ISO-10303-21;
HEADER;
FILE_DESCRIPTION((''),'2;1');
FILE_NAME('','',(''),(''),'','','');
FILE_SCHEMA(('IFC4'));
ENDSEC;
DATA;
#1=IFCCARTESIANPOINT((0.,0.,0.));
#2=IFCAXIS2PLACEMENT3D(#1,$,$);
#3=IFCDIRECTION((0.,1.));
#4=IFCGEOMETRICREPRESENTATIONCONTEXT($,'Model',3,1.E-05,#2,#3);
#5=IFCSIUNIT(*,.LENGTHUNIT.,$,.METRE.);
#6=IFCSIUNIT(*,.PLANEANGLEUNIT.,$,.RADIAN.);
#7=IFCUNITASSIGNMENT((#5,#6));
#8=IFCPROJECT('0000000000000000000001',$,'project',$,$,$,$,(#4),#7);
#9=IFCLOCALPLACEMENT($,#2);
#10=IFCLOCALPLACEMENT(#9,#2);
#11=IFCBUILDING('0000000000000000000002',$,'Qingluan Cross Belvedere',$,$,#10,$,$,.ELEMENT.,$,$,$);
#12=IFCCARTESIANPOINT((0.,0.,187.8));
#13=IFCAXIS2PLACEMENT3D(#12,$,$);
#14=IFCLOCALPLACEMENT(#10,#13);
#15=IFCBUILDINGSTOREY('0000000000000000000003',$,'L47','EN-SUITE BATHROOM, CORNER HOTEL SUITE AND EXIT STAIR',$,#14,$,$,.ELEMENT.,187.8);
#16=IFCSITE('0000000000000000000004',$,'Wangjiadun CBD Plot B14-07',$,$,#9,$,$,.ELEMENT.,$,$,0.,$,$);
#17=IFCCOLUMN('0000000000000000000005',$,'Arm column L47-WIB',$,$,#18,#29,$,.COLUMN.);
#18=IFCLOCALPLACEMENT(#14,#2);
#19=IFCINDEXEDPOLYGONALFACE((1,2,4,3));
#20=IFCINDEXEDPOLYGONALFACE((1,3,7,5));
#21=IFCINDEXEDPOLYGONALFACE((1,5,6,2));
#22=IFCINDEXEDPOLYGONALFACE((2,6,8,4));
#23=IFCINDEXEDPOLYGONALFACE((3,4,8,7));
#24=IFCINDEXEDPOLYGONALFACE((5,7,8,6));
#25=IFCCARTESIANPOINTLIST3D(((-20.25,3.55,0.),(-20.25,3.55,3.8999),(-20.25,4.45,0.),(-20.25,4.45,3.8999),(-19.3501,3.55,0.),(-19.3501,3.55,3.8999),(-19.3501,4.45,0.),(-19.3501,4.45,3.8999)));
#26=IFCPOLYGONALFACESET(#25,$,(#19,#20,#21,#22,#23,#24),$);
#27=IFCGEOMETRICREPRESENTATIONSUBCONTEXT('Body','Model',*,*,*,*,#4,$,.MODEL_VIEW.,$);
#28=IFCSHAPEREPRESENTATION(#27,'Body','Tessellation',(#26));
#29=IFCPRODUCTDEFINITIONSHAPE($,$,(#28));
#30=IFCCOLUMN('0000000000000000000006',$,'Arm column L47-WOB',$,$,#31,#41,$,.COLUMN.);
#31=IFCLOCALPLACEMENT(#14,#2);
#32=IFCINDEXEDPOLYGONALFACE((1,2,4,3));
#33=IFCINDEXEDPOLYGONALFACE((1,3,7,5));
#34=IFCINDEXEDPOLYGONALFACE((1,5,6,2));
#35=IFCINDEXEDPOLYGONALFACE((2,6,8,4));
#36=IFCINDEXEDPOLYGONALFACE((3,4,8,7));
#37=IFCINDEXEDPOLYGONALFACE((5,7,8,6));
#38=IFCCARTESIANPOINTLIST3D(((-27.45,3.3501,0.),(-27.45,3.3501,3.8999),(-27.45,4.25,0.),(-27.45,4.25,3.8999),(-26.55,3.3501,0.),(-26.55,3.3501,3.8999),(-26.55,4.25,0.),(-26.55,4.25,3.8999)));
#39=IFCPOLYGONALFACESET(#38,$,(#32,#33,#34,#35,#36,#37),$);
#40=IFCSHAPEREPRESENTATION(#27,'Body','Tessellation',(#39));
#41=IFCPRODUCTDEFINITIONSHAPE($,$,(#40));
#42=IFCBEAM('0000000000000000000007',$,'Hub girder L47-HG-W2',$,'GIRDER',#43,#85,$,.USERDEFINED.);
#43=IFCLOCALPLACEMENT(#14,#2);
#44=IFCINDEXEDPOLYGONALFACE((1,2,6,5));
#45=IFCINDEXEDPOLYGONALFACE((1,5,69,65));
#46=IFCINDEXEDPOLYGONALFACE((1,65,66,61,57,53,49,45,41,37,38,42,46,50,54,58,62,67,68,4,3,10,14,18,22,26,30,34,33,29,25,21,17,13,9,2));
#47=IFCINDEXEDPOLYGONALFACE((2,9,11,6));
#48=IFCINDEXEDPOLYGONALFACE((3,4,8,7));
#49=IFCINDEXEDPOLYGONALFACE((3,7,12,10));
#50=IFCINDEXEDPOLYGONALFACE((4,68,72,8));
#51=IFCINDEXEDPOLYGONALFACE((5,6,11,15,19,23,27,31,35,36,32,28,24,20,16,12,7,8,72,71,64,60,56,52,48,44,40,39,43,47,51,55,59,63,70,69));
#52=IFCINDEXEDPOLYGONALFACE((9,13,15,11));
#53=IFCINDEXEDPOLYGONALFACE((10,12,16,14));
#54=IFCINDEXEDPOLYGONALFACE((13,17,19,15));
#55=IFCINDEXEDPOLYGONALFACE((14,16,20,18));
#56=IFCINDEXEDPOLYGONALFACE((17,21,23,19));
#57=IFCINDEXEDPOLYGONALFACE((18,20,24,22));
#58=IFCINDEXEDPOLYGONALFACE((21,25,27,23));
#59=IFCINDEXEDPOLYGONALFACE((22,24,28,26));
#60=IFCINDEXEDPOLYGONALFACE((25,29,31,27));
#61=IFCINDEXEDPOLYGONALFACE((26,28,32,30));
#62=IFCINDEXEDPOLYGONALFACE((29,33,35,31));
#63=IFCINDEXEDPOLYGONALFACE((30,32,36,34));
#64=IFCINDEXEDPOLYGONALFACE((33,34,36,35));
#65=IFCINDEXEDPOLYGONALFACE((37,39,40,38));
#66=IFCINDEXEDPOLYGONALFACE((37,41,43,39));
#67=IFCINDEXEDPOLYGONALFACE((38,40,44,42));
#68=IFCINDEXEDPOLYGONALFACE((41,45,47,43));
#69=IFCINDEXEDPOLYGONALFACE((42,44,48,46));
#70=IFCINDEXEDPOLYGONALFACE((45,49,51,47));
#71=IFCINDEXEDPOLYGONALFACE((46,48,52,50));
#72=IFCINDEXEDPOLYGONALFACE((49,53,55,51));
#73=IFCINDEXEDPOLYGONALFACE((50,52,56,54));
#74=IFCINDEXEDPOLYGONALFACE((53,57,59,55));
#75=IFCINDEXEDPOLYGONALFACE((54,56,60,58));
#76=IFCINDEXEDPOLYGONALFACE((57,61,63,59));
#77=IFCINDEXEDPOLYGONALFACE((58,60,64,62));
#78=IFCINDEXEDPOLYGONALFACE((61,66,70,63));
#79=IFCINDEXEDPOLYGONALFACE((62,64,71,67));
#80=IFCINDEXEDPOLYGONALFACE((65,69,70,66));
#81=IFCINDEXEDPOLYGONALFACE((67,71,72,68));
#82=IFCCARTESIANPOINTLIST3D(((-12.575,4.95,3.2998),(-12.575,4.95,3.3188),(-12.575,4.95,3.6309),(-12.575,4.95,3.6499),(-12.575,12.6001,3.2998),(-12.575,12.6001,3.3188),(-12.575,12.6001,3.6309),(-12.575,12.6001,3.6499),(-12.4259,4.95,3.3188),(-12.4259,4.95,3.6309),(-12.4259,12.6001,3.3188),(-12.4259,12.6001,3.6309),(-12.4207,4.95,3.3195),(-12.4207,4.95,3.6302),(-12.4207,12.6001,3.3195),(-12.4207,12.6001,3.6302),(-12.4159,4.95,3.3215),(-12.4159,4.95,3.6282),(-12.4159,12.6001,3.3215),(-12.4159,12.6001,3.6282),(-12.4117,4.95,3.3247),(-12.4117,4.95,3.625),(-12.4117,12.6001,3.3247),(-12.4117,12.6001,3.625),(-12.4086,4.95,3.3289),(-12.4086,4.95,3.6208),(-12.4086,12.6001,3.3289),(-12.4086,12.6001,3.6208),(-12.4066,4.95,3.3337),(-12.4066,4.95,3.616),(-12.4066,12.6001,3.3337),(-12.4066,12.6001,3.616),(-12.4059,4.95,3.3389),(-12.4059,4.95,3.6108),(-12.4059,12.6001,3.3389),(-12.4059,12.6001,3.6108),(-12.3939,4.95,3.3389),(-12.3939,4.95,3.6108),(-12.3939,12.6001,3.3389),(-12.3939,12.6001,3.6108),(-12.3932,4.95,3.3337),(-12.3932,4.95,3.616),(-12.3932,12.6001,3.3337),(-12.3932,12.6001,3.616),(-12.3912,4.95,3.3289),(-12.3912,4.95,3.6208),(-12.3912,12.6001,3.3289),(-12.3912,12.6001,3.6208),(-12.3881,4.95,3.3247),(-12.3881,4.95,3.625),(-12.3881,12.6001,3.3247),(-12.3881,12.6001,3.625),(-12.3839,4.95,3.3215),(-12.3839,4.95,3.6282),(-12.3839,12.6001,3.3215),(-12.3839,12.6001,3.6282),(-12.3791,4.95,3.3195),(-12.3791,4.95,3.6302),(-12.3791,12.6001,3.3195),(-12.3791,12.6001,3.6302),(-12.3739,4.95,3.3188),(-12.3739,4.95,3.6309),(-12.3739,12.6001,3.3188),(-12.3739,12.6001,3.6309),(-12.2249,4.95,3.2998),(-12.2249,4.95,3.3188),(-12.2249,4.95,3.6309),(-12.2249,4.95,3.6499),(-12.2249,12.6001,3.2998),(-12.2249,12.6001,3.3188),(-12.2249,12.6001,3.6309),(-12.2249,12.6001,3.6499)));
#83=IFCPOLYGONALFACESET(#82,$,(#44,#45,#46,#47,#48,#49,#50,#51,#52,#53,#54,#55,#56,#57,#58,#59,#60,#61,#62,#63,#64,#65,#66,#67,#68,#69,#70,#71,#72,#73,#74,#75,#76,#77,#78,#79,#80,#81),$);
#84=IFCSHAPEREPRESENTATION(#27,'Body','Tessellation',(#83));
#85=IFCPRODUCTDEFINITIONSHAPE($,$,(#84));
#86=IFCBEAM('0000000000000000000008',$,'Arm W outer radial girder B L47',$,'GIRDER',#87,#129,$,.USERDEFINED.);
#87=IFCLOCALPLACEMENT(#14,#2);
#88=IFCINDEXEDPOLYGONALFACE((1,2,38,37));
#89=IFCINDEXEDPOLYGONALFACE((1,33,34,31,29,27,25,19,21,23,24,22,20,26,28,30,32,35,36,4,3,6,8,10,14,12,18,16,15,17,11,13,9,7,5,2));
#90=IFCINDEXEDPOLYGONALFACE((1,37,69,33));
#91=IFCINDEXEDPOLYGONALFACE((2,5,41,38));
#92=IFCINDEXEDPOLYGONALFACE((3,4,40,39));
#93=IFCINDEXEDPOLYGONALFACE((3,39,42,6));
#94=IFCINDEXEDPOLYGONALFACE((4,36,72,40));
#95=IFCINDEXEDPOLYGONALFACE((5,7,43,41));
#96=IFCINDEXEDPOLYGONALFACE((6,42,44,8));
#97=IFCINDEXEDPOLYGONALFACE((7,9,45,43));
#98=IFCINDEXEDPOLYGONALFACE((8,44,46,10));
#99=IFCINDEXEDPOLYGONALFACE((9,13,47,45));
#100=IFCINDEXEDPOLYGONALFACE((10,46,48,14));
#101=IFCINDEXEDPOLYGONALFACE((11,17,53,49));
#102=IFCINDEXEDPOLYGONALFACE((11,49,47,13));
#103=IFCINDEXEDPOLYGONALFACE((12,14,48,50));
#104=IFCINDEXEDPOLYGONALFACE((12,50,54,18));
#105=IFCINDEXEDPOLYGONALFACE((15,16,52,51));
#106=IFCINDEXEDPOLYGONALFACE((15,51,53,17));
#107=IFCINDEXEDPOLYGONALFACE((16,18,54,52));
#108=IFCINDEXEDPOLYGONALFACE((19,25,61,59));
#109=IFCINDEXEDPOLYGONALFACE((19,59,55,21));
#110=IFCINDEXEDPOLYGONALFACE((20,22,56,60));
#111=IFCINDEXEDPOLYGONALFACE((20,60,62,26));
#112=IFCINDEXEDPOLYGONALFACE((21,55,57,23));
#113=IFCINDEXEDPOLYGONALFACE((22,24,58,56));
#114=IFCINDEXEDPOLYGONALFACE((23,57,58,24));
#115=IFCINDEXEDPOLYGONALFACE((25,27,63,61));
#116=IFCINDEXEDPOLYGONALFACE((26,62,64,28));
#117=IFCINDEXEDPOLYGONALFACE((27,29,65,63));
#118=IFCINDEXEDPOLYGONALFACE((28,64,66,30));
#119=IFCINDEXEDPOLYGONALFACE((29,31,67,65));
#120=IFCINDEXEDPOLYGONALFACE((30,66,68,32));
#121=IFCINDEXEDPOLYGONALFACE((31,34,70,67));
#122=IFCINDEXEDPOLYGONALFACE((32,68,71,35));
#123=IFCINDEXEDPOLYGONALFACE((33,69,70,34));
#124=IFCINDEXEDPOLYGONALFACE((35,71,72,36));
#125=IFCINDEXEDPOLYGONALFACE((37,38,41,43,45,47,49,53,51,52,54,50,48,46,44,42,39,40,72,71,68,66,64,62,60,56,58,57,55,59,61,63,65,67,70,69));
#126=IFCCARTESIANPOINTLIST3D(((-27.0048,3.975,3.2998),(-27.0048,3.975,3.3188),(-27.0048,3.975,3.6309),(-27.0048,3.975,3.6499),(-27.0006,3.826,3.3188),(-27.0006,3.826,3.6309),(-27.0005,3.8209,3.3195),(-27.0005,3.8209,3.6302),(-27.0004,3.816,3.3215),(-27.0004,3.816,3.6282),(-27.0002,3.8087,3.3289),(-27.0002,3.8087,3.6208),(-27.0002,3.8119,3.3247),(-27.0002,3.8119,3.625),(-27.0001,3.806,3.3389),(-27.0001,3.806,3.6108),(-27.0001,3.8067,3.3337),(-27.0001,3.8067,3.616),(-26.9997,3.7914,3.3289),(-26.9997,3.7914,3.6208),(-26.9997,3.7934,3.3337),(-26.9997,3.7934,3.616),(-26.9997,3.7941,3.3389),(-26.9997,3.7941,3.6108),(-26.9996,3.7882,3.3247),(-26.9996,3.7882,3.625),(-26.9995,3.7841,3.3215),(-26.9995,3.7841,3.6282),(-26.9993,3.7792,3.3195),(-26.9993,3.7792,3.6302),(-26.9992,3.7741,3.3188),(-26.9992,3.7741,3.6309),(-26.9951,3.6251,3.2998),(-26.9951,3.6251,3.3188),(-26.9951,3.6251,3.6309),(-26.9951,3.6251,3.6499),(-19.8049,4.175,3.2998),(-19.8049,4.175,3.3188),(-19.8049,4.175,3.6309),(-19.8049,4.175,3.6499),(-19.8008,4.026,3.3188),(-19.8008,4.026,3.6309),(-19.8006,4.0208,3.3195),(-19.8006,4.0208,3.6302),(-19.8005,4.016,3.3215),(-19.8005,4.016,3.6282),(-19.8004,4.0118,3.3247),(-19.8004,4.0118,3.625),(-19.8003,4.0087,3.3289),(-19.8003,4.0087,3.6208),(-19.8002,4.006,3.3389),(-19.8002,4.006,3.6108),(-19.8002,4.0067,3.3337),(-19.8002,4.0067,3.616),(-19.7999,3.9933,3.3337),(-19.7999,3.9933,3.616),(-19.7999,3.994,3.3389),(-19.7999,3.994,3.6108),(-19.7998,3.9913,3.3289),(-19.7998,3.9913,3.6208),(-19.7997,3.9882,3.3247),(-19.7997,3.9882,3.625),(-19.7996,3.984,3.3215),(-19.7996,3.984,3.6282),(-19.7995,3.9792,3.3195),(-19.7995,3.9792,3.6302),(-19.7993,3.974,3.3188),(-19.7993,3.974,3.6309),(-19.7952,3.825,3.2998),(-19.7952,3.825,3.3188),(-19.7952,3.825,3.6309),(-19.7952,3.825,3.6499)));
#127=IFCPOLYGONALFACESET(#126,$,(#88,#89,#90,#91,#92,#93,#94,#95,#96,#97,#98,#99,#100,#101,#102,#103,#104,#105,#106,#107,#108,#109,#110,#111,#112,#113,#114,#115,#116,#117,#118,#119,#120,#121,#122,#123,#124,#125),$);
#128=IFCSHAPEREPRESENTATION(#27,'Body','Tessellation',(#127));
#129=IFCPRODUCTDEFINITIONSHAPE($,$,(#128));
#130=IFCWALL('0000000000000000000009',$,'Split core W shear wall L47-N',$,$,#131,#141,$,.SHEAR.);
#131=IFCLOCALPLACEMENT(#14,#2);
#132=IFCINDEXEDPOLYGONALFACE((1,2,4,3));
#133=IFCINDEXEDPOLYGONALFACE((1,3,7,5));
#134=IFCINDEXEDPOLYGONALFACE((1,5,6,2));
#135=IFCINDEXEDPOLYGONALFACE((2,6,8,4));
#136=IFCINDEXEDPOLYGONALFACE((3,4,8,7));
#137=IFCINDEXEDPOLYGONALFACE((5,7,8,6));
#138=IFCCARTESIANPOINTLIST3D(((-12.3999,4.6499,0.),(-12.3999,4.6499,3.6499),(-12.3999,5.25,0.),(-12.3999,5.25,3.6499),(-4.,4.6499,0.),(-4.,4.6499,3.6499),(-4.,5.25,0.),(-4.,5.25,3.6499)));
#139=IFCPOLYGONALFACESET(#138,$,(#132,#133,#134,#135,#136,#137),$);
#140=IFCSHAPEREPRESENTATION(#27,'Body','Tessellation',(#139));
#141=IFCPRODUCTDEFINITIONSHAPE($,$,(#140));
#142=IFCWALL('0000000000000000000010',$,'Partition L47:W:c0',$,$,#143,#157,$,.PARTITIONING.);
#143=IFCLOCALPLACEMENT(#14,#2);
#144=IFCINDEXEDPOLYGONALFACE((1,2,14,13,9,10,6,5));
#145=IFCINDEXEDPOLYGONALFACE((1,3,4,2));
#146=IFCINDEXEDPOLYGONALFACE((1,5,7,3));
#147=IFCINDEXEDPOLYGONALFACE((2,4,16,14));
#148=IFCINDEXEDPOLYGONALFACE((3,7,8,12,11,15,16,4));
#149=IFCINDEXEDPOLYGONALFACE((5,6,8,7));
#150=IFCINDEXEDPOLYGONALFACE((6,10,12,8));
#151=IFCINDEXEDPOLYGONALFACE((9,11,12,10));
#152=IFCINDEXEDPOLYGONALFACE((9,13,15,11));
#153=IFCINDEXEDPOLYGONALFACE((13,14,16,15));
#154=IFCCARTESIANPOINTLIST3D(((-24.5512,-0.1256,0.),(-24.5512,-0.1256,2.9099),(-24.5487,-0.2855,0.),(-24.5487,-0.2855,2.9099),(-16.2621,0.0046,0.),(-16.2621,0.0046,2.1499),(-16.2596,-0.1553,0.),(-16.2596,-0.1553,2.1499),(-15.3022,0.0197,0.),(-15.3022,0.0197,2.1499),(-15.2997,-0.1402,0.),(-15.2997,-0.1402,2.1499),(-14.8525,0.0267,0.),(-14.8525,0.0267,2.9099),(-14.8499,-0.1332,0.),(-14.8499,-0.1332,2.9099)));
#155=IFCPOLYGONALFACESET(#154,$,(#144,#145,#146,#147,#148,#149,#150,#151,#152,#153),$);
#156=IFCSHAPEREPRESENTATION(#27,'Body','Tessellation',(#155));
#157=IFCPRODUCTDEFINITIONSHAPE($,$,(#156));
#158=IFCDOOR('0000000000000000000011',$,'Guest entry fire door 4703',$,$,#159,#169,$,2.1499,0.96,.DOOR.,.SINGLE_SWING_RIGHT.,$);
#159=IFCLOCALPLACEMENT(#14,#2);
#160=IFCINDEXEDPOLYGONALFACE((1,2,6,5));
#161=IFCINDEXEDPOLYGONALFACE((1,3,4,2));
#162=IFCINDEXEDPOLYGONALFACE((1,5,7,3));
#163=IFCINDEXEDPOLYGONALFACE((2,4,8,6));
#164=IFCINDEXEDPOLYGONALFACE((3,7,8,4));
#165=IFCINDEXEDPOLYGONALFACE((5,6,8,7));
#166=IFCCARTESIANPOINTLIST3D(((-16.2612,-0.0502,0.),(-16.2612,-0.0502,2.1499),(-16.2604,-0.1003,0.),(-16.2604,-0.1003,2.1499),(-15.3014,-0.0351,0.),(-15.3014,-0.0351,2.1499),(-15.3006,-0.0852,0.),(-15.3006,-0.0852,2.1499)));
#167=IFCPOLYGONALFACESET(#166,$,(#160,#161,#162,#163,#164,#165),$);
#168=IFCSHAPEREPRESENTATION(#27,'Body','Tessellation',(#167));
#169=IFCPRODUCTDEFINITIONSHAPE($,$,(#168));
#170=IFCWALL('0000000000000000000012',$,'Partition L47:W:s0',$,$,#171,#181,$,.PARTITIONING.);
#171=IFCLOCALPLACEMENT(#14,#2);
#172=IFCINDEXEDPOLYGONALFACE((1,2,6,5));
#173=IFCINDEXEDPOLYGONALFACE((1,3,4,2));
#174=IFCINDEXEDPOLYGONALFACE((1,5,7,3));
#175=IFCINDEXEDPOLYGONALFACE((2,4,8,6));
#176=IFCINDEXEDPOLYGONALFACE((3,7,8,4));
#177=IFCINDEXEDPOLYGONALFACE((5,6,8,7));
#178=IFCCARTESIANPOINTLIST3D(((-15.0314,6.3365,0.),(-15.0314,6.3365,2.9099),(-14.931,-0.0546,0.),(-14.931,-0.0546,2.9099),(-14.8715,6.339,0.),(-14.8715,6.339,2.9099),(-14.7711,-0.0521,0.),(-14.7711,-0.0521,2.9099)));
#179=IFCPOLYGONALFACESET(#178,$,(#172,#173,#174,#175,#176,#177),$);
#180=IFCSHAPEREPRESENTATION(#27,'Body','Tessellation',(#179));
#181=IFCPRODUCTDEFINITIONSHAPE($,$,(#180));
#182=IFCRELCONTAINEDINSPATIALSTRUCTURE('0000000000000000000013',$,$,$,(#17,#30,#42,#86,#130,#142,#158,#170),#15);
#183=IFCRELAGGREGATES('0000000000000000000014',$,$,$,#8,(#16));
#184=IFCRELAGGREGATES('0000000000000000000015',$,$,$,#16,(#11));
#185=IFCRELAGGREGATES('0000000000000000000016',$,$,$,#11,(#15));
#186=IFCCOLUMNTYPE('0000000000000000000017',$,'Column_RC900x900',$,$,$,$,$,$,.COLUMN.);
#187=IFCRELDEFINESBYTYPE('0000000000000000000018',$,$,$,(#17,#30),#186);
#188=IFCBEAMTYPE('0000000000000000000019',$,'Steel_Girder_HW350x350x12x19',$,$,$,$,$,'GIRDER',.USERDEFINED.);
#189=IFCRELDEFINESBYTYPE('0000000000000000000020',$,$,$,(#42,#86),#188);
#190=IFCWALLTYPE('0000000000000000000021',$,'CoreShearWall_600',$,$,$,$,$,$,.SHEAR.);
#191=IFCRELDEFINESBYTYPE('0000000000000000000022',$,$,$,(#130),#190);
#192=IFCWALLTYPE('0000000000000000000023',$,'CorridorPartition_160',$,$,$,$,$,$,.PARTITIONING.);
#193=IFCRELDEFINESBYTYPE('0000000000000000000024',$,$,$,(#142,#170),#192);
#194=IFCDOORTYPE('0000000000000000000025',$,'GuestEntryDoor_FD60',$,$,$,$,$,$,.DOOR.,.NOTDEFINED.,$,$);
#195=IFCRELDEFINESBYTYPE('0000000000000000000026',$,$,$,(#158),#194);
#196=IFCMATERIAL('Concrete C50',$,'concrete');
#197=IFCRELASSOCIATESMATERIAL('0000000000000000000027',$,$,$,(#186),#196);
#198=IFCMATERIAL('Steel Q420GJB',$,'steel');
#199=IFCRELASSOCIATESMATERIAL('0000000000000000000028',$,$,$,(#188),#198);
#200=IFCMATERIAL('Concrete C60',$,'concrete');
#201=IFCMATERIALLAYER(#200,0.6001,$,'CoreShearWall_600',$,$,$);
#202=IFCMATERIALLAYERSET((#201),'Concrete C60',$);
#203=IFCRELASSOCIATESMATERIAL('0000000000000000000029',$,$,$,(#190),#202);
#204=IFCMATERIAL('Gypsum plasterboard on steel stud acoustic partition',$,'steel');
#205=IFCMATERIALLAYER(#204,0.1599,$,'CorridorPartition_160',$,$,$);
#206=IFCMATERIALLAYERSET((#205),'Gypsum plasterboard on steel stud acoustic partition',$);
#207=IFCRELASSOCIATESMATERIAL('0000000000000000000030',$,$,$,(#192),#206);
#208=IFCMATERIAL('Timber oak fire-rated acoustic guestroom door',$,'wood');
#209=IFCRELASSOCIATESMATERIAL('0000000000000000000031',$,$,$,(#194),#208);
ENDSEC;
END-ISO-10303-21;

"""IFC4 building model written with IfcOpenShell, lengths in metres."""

from ifc_helpers import new_model, si_unit, direction, frame, frame_2d, origin, origin_2d, place, context, subcontext, project, spatial, rectangle, i_section, extrude, material, layer, layer_set, material_profile, profile_set, type_object, element, fill, save


model = new_model("IFC4")

# Units and contexts
model_context = context("Model", 3, precision=1e-05, world=origin(), true_north=direction((0.0, 1.0)))
body_context = subcontext(model_context, "Body", "Model", "MODEL_VIEW")
ifc_project = project(units=[si_unit("LENGTHUNIT", "METRE"), si_unit("PLANEANGLEUNIT", "RADIAN")], contexts=[model_context])

# Site, building, storey
site_placement = place(None, origin())
site = spatial("IfcSite", under=ifc_project, at=site_placement, Name="Wangjiadun CBD Plot B14-07", CompositionType="ELEMENT", RefElevation=0.0)
building_placement = place(site_placement, origin())
building = spatial("IfcBuilding", under=site, at=building_placement, Name="Qingluan Cross Belvedere", CompositionType="ELEMENT")
storey_placement = place(building_placement, frame((0.0, 0.0, 187.8)))
storey = spatial("IfcBuildingStorey", under=building, at=storey_placement, Name="L47", Description="EN-SUITE BATHROOM, CORNER HOTEL SUITE AND EXIT STAIR", CompositionType="ELEMENT", Elevation=187.8)

# Columns
ifc_material_1 = material(Name="Concrete C50", Category="concrete")
ifc_material_profile_1 = material_profile(ifc_material_1, rectangle(XDim=0.8999, YDim=0.8999, at=origin_2d()), Name="RC900x900")
ifc_profile_set_1 = profile_set([ifc_material_profile_1], Name="Concrete C50")
column_type = type_object("IfcColumnType", Name="Column_RC900x900", PredefinedType="COLUMN", material=ifc_profile_set_1)
for number, where, z_axis, x_axis, name in (
    (1, (-19.8, 4.0, 0.0), (0.0, 0.0, 1.0), (1.0, 0.0, 0.0), "Arm column L47-WIB"),
    (2, (-27.0, 3.8, 0.0), (0.0, 0.0, 1.0), (1.0, 0.0, 0.0), "Arm column L47-WOB"),
):
    element("IfcColumn", number, at=place(storey_placement, frame(where, z_axis=z_axis, x_axis=x_axis)), inside=storey, type_object=column_type, Name=name, PredefinedType="COLUMN", context=body_context, shape_type="SweptSolid", body=[
        extrude(rectangle(XDim=0.8999, YDim=0.8999, at=origin_2d()), origin(), (0.0, 0.0, 1.0), 3.8999),
    ])

# Beams
ifc_material_2 = material(Name="Steel Q420GJB", Category="steel")
ifc_material_profile_2 = material_profile(ifc_material_2, i_section(OverallWidth=0.3501, OverallDepth=0.3501, WebThickness=0.012, FlangeThickness=0.019, FilletRadius=0.02, at=origin_2d()), Name="HW350x350x12x19")
ifc_profile_set_2 = profile_set([ifc_material_profile_2], Name="Steel Q420GJB")
beam_type = type_object("IfcBeamType", Name="Steel_Girder_HW350x350x12x19", ElementType="GIRDER", PredefinedType="USERDEFINED", material=ifc_profile_set_2)
beam_1_placement = place(storey_placement, frame((-12.3999, 4.95, 3.4749), z_axis=(0.0, 1.0, 0.0), x_axis=(-1.0, 0.0, 0.0)))
element("IfcBeam", 3, at=beam_1_placement, inside=storey, type_object=beam_type, Name="Hub girder L47-HG-W2", ObjectType="GIRDER", PredefinedType="USERDEFINED", context=body_context, shape_type="SweptSolid", body=[
    extrude(i_section(OverallWidth=0.3501, OverallDepth=0.3501, WebThickness=0.012, FlangeThickness=0.019, FilletRadius=0.02, at=origin_2d()), origin(), (0.0, 0.0, 1.0), 7.6501),
])
beam_2_placement = place(storey_placement, frame((-19.8, 4.0, 3.4749), z_axis=(-0.999615, -0.02776, 0.0), x_axis=(0.02776, -0.999615, 0.0)))
element("IfcBeam", 4, at=beam_2_placement, inside=storey, type_object=beam_type, Name="Arm W outer radial girder B L47", ObjectType="GIRDER", PredefinedType="USERDEFINED", context=body_context, shape_type="SweptSolid", body=[
    extrude(i_section(OverallWidth=0.3501, OverallDepth=0.3501, WebThickness=0.012, FlangeThickness=0.019, FilletRadius=0.02, at=origin_2d()), origin(), (0.0, 0.0, 1.0), 7.2026),
])

# Wall
ifc_material_3 = material(Name="Concrete C60", Category="concrete")
ifc_layer_1 = layer(ifc_material_3, 0.6001, Name="CoreShearWall_600")
ifc_layer_set_1 = layer_set([ifc_layer_1], Name="Concrete C60")
wall_type_1 = type_object("IfcWallType", Name="CoreShearWall_600", PredefinedType="SHEAR", material=ifc_layer_set_1)
wall_1_placement = place(storey_placement, frame((-12.3999, 4.95, 0.0), z_axis=(0.0, 0.0, 1.0), x_axis=(1.0, 0.0, 0.0)))
element("IfcWall", 5, at=wall_1_placement, inside=storey, type_object=wall_type_1, Name="Split core W shear wall L47-N", PredefinedType="SHEAR", context=body_context, shape_type="SweptSolid", body=[
    extrude(rectangle(XDim=8.3999, YDim=0.6001, at=frame_2d((4.2, 0.0))), origin(), (0.0, 0.0, 1.0), 3.6499),
])

# Wall, opening, door
ifc_material_4 = material(Name="Gypsum plasterboard on steel stud acoustic partition", Category="steel")
ifc_layer_2 = layer(ifc_material_4, 0.1599, Name="CorridorPartition_160")
ifc_layer_set_2 = layer_set([ifc_layer_2], Name="Gypsum plasterboard on steel stud acoustic partition")
wall_type_2 = type_object("IfcWallType", Name="CorridorPartition_160", PredefinedType="PARTITIONING", material=ifc_layer_set_2)
wall_2_placement = place(storey_placement, frame((-14.8511, -0.0532, 0.0), z_axis=(0.0, 0.0, 1.0), x_axis=(-0.999877, -0.015706, 0.0)))
wall_2 = element("IfcWall", 6, at=wall_2_placement, inside=storey, type_object=wall_type_2, Name="Partition L47:W:c0", PredefinedType="PARTITIONING", context=body_context, shape_type="SweptSolid", body=[
    extrude(rectangle(XDim=9.7, YDim=0.1599, at=frame_2d((4.8501, 0.0))), origin(), (0.0, 0.0, 1.0), 2.9099),
])
opening_1_placement = place(wall_2_placement, frame((0.45, 0.0, 0.0)))
opening_1 = element("IfcOpeningElement", 7, at=opening_1_placement, cuts=wall_2, PredefinedType="OPENING", context=body_context, shape_type="SweptSolid", body=[
    extrude(rectangle(XDim=0.96, YDim=2.1499, at=frame_2d((0.48, 1.075))), frame((0.0, 0.0898, 0.0), z_axis=(0.0, -1.0, 0.0), x_axis=(1.0, 0.0, 0.0)), (0.0, 0.0, 1.0), 0.1799),
])
ifc_material_5 = material(Name="Timber oak fire-rated acoustic guestroom door", Category="wood")
door_type_1 = type_object("IfcDoorType", Name="GuestEntryDoor_FD60", OperationType="NOTDEFINED", PredefinedType="DOOR", material=ifc_material_5)
door_1_placement = place(opening_1_placement, origin())
door_1 = element("IfcDoor", 8, at=door_1_placement, inside=storey, type_object=door_type_1, Name="Guest entry fire door 4703", OperationType="SINGLE_SWING_RIGHT", OverallHeight=2.1499, OverallWidth=0.96, PredefinedType="DOOR", context=body_context, shape_type="SweptSolid", body=[
    extrude(rectangle(XDim=0.96, YDim=2.1499, at=frame_2d((0.48, 1.075))), frame((0.0, 0.0249, 0.0), z_axis=(0.0, -1.0, 0.0), x_axis=(1.0, 0.0, 0.0)), (0.0, 0.0, 1.0), 0.05),
])
fill(opening_1, door_1)

# Wall
wall_3_placement = place(storey_placement, frame((-14.8511, -0.0532, 0.0), z_axis=(0.0, 0.0, 1.0), x_axis=(-0.015698, 0.999877, 0.0)))
element("IfcWall", 9, at=wall_3_placement, inside=storey, type_object=wall_type_2, Name="Partition L47:W:s0", PredefinedType="PARTITIONING", context=body_context, shape_type="SweptSolid", body=[
    extrude(rectangle(XDim=6.3918, YDim=0.1599, at=frame_2d((3.1958, 0.0))), origin(), (0.0, 0.0, 1.0), 2.9099),
])

save(model, "model.ifc")
